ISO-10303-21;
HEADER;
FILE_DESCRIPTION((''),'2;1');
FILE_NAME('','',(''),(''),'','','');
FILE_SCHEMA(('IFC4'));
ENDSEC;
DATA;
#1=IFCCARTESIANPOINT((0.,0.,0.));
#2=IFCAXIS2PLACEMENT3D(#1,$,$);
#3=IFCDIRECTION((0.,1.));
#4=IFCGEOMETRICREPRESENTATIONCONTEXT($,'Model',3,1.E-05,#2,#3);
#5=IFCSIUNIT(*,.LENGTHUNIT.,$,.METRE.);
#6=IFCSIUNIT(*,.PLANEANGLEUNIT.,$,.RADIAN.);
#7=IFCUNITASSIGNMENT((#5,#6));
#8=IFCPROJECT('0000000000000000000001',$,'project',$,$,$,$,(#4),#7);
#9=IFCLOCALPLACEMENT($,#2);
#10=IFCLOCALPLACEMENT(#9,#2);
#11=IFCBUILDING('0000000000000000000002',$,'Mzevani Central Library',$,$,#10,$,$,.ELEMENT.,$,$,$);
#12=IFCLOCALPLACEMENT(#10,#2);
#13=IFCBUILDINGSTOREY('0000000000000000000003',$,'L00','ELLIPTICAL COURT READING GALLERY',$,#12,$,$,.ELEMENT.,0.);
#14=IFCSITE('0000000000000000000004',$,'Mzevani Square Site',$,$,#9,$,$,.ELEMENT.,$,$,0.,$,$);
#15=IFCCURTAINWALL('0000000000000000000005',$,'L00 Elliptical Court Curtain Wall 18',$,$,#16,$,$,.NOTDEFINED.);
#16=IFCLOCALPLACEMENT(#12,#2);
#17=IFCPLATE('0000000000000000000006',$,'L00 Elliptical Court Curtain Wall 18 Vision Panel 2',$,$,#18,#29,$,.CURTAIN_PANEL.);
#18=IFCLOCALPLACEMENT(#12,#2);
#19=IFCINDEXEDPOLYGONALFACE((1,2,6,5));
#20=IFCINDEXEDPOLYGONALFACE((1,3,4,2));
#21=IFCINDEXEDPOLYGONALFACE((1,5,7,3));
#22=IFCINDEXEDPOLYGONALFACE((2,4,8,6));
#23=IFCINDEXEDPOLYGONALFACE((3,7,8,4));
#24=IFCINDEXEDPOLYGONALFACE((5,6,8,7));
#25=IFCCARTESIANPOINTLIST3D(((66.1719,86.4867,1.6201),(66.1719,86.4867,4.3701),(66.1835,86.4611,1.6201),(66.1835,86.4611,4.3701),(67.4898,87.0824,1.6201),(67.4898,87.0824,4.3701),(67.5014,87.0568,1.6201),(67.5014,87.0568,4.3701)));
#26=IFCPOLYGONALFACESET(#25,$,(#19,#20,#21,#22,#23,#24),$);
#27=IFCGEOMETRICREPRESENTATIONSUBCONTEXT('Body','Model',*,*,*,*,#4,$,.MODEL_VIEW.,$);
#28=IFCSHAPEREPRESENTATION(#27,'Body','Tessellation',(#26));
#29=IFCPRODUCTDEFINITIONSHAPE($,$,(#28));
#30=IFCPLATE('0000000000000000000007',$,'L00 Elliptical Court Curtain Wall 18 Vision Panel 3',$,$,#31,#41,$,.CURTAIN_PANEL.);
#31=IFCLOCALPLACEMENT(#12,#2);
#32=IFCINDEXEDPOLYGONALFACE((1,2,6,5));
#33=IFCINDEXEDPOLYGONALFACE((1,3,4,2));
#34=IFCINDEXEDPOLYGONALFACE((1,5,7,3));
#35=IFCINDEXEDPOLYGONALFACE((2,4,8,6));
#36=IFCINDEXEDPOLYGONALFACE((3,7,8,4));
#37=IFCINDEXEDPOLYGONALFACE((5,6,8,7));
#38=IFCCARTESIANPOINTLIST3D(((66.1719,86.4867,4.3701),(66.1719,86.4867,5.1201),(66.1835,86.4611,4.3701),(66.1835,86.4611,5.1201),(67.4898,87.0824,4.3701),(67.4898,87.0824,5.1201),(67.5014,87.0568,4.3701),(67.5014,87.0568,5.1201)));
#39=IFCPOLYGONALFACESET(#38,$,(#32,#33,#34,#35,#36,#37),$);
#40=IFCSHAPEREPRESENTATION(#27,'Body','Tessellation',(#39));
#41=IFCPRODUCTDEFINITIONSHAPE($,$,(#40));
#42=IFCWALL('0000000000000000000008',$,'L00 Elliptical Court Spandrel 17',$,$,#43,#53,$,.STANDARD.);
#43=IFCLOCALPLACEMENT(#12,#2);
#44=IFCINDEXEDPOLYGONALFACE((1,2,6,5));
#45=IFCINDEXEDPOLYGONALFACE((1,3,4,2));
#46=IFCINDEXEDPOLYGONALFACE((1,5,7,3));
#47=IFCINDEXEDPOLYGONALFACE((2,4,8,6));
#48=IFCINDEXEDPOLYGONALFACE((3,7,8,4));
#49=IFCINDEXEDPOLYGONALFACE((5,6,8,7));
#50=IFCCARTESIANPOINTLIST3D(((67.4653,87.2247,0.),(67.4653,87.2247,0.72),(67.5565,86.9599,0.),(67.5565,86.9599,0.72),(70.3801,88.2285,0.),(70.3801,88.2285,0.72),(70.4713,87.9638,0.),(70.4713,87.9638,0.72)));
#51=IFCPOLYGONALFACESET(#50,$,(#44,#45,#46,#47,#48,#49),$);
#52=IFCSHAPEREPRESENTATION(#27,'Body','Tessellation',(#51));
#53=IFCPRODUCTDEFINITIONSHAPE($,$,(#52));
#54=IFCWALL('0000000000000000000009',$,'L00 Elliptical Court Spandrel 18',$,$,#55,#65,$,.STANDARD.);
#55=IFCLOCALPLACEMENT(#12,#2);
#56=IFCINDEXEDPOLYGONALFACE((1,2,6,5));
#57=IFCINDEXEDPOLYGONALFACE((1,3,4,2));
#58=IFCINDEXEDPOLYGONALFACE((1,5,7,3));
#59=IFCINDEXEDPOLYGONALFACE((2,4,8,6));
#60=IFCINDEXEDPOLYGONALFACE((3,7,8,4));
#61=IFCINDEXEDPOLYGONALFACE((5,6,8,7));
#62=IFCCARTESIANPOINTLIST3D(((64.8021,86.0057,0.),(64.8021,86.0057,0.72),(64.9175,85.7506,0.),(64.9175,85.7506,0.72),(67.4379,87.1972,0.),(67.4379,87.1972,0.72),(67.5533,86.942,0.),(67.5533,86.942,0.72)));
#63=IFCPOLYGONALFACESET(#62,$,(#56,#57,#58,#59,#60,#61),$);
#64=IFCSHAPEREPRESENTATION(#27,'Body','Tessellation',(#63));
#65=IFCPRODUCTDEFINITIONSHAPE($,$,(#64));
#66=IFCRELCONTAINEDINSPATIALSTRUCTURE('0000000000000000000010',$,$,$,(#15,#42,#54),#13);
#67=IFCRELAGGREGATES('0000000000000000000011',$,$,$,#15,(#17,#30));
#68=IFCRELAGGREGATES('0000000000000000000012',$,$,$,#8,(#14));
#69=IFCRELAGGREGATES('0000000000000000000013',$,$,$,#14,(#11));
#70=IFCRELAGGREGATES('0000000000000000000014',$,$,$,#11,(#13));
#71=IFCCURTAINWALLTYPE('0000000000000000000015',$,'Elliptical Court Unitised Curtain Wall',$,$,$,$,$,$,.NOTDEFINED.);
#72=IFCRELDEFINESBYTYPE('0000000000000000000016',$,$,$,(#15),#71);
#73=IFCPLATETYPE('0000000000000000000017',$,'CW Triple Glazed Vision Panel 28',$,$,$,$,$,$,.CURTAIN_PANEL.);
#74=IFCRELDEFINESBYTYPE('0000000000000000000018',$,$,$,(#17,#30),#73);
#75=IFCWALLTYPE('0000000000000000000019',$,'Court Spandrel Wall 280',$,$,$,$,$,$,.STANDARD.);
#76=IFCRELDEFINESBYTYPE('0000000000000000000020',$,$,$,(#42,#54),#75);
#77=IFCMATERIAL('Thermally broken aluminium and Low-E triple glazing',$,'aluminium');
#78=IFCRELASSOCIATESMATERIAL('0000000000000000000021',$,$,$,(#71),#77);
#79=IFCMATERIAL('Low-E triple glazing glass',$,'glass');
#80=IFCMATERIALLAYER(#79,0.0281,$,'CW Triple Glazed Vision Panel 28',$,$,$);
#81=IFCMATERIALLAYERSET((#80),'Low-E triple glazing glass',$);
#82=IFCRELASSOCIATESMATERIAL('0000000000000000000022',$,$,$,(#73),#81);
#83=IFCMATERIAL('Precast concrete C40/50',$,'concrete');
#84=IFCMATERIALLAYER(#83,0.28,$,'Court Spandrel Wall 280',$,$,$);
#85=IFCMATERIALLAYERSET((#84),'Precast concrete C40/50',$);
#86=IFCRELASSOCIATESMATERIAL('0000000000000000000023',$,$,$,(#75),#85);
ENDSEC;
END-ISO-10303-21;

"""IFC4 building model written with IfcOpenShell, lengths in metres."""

from ifc_helpers import new_model, si_unit, direction, frame, frame_2d, origin, origin_2d, place, context, subcontext, project, spatial, rectangle, extrude, material, layer, layer_set, type_object, element, aggregate, save


model = new_model("IFC4")

# Units and contexts
model_context = context("Model", 3, precision=1e-05, world=origin(), true_north=direction((0.0, 1.0)))
body_context = subcontext(model_context, "Body", "Model", "MODEL_VIEW")
ifc_project = project(units=[si_unit("LENGTHUNIT", "METRE"), si_unit("PLANEANGLEUNIT", "RADIAN")], contexts=[model_context])

# Site, building, storey
site_placement = place(None, origin())
site = spatial("IfcSite", under=ifc_project, at=site_placement, Name="Mzevani Square Site", CompositionType="ELEMENT", RefElevation=0.0)
building_placement = place(site_placement, origin())
building = spatial("IfcBuilding", under=site, at=building_placement, Name="Mzevani Central Library", CompositionType="ELEMENT")
storey_placement = place(building_placement, origin())
storey = spatial("IfcBuildingStorey", under=building, at=storey_placement, Name="L00", Description="ELLIPTICAL COURT READING GALLERY", CompositionType="ELEMENT", Elevation=0.0)

# Shared definitions
ifc_material_1 = material(Name="Thermally broken aluminium and Low-E triple glazing", Category="aluminium")

# Shared definitions
curtain_wall_type_1 = type_object("IfcCurtainWallType", Name="Elliptical Court Unitised Curtain Wall", PredefinedType="NOTDEFINED", material=ifc_material_1)

# Curtain wall
curtain_wall_1_placement = place(storey_placement, origin())
curtain_wall_1 = element("IfcCurtainWall", 1, at=curtain_wall_1_placement, inside=storey, type_object=curtain_wall_type_1, Name="L00 Elliptical Court Curtain Wall 18", PredefinedType="NOTDEFINED")

# Plates
ifc_material_2 = material(Name="Low-E triple glazing glass", Category="glass")
ifc_layer_1 = layer(ifc_material_2, 0.0281, Name="CW Triple Glazed Vision Panel 28")
ifc_layer_set_1 = layer_set([ifc_layer_1], Name="Low-E triple glazing glass")
plate_type_1 = type_object("IfcPlateType", Name="CW Triple Glazed Vision Panel 28", PredefinedType="CURTAIN_PANEL", material=ifc_layer_set_1)
plate_1_placement = place(storey_placement, frame((66.8367, 86.7717, 1.6201), z_axis=(0.0, 0.0, 1.0), x_axis=(-0.911237, -0.411882, 0.0)))
plate_1 = element("IfcPlate", 2, at=plate_1_placement, type_object=plate_type_1, Name="L00 Elliptical Court Curtain Wall 18 Vision Panel 2", PredefinedType="CURTAIN_PANEL", context=body_context, shape_type="SweptSolid", body=[
    extrude(rectangle(XDim=1.4463, YDim=0.0281, at=origin_2d()), origin(), (0.0, 0.0, 1.0), 2.75),
])
plate_2_placement = place(storey_placement, frame((66.8367, 86.7717, 4.3701), z_axis=(0.0, 0.0, 1.0), x_axis=(-0.911237, -0.411882, 0.0)))
plate_2 = element("IfcPlate", 3, at=plate_2_placement, type_object=plate_type_1, Name="L00 Elliptical Court Curtain Wall 18 Vision Panel 3", PredefinedType="CURTAIN_PANEL", context=body_context, shape_type="SweptSolid", body=[
    extrude(rectangle(XDim=1.4463, YDim=0.0281, at=origin_2d()), origin(), (0.0, 0.0, 1.0), 0.75),
])
aggregate(curtain_wall_1, [plate_1, plate_2])

# Walls
ifc_material_3 = material(Name="Precast concrete C40/50", Category="concrete")
ifc_layer_2 = layer(ifc_material_3, 0.28, Name="Court Spandrel Wall 280")
ifc_layer_set_2 = layer_set([ifc_layer_2], Name="Precast concrete C40/50")
wall_type = type_object("IfcWallType", Name="Court Spandrel Wall 280", PredefinedType="STANDARD", material=ifc_layer_set_2)
wall_1_placement = place(storey_placement, frame((70.4258, 88.0962, 0.0), z_axis=(0.0, 0.0, 1.0), x_axis=(-0.945492, -0.325644, 0.0)))
element("IfcWall", 4, at=wall_1_placement, inside=storey, type_object=wall_type, Name="L00 Elliptical Court Spandrel 17", PredefinedType="STANDARD", context=body_context, shape_type="SweptSolid", body=[
    extrude(rectangle(XDim=3.0828, YDim=0.28, at=frame_2d((1.5415, 0.0))), origin(), (0.0, 0.0, 1.0), 0.72),
])
wall_2_placement = place(storey_placement, frame((67.4956, 87.0696, 0.0), z_axis=(0.0, 0.0, 1.0), x_axis=(-0.911232, -0.411894, 0.0)))
element("IfcWall", 5, at=wall_2_placement, inside=storey, type_object=wall_type, Name="L00 Elliptical Court Spandrel 18", PredefinedType="STANDARD", context=body_context, shape_type="SweptSolid", body=[
    extrude(rectangle(XDim=2.8926, YDim=0.28, at=frame_2d((1.4463, 0.0))), origin(), (0.0, 0.0, 1.0), 0.72),
])

save(model, "model.ifc")
